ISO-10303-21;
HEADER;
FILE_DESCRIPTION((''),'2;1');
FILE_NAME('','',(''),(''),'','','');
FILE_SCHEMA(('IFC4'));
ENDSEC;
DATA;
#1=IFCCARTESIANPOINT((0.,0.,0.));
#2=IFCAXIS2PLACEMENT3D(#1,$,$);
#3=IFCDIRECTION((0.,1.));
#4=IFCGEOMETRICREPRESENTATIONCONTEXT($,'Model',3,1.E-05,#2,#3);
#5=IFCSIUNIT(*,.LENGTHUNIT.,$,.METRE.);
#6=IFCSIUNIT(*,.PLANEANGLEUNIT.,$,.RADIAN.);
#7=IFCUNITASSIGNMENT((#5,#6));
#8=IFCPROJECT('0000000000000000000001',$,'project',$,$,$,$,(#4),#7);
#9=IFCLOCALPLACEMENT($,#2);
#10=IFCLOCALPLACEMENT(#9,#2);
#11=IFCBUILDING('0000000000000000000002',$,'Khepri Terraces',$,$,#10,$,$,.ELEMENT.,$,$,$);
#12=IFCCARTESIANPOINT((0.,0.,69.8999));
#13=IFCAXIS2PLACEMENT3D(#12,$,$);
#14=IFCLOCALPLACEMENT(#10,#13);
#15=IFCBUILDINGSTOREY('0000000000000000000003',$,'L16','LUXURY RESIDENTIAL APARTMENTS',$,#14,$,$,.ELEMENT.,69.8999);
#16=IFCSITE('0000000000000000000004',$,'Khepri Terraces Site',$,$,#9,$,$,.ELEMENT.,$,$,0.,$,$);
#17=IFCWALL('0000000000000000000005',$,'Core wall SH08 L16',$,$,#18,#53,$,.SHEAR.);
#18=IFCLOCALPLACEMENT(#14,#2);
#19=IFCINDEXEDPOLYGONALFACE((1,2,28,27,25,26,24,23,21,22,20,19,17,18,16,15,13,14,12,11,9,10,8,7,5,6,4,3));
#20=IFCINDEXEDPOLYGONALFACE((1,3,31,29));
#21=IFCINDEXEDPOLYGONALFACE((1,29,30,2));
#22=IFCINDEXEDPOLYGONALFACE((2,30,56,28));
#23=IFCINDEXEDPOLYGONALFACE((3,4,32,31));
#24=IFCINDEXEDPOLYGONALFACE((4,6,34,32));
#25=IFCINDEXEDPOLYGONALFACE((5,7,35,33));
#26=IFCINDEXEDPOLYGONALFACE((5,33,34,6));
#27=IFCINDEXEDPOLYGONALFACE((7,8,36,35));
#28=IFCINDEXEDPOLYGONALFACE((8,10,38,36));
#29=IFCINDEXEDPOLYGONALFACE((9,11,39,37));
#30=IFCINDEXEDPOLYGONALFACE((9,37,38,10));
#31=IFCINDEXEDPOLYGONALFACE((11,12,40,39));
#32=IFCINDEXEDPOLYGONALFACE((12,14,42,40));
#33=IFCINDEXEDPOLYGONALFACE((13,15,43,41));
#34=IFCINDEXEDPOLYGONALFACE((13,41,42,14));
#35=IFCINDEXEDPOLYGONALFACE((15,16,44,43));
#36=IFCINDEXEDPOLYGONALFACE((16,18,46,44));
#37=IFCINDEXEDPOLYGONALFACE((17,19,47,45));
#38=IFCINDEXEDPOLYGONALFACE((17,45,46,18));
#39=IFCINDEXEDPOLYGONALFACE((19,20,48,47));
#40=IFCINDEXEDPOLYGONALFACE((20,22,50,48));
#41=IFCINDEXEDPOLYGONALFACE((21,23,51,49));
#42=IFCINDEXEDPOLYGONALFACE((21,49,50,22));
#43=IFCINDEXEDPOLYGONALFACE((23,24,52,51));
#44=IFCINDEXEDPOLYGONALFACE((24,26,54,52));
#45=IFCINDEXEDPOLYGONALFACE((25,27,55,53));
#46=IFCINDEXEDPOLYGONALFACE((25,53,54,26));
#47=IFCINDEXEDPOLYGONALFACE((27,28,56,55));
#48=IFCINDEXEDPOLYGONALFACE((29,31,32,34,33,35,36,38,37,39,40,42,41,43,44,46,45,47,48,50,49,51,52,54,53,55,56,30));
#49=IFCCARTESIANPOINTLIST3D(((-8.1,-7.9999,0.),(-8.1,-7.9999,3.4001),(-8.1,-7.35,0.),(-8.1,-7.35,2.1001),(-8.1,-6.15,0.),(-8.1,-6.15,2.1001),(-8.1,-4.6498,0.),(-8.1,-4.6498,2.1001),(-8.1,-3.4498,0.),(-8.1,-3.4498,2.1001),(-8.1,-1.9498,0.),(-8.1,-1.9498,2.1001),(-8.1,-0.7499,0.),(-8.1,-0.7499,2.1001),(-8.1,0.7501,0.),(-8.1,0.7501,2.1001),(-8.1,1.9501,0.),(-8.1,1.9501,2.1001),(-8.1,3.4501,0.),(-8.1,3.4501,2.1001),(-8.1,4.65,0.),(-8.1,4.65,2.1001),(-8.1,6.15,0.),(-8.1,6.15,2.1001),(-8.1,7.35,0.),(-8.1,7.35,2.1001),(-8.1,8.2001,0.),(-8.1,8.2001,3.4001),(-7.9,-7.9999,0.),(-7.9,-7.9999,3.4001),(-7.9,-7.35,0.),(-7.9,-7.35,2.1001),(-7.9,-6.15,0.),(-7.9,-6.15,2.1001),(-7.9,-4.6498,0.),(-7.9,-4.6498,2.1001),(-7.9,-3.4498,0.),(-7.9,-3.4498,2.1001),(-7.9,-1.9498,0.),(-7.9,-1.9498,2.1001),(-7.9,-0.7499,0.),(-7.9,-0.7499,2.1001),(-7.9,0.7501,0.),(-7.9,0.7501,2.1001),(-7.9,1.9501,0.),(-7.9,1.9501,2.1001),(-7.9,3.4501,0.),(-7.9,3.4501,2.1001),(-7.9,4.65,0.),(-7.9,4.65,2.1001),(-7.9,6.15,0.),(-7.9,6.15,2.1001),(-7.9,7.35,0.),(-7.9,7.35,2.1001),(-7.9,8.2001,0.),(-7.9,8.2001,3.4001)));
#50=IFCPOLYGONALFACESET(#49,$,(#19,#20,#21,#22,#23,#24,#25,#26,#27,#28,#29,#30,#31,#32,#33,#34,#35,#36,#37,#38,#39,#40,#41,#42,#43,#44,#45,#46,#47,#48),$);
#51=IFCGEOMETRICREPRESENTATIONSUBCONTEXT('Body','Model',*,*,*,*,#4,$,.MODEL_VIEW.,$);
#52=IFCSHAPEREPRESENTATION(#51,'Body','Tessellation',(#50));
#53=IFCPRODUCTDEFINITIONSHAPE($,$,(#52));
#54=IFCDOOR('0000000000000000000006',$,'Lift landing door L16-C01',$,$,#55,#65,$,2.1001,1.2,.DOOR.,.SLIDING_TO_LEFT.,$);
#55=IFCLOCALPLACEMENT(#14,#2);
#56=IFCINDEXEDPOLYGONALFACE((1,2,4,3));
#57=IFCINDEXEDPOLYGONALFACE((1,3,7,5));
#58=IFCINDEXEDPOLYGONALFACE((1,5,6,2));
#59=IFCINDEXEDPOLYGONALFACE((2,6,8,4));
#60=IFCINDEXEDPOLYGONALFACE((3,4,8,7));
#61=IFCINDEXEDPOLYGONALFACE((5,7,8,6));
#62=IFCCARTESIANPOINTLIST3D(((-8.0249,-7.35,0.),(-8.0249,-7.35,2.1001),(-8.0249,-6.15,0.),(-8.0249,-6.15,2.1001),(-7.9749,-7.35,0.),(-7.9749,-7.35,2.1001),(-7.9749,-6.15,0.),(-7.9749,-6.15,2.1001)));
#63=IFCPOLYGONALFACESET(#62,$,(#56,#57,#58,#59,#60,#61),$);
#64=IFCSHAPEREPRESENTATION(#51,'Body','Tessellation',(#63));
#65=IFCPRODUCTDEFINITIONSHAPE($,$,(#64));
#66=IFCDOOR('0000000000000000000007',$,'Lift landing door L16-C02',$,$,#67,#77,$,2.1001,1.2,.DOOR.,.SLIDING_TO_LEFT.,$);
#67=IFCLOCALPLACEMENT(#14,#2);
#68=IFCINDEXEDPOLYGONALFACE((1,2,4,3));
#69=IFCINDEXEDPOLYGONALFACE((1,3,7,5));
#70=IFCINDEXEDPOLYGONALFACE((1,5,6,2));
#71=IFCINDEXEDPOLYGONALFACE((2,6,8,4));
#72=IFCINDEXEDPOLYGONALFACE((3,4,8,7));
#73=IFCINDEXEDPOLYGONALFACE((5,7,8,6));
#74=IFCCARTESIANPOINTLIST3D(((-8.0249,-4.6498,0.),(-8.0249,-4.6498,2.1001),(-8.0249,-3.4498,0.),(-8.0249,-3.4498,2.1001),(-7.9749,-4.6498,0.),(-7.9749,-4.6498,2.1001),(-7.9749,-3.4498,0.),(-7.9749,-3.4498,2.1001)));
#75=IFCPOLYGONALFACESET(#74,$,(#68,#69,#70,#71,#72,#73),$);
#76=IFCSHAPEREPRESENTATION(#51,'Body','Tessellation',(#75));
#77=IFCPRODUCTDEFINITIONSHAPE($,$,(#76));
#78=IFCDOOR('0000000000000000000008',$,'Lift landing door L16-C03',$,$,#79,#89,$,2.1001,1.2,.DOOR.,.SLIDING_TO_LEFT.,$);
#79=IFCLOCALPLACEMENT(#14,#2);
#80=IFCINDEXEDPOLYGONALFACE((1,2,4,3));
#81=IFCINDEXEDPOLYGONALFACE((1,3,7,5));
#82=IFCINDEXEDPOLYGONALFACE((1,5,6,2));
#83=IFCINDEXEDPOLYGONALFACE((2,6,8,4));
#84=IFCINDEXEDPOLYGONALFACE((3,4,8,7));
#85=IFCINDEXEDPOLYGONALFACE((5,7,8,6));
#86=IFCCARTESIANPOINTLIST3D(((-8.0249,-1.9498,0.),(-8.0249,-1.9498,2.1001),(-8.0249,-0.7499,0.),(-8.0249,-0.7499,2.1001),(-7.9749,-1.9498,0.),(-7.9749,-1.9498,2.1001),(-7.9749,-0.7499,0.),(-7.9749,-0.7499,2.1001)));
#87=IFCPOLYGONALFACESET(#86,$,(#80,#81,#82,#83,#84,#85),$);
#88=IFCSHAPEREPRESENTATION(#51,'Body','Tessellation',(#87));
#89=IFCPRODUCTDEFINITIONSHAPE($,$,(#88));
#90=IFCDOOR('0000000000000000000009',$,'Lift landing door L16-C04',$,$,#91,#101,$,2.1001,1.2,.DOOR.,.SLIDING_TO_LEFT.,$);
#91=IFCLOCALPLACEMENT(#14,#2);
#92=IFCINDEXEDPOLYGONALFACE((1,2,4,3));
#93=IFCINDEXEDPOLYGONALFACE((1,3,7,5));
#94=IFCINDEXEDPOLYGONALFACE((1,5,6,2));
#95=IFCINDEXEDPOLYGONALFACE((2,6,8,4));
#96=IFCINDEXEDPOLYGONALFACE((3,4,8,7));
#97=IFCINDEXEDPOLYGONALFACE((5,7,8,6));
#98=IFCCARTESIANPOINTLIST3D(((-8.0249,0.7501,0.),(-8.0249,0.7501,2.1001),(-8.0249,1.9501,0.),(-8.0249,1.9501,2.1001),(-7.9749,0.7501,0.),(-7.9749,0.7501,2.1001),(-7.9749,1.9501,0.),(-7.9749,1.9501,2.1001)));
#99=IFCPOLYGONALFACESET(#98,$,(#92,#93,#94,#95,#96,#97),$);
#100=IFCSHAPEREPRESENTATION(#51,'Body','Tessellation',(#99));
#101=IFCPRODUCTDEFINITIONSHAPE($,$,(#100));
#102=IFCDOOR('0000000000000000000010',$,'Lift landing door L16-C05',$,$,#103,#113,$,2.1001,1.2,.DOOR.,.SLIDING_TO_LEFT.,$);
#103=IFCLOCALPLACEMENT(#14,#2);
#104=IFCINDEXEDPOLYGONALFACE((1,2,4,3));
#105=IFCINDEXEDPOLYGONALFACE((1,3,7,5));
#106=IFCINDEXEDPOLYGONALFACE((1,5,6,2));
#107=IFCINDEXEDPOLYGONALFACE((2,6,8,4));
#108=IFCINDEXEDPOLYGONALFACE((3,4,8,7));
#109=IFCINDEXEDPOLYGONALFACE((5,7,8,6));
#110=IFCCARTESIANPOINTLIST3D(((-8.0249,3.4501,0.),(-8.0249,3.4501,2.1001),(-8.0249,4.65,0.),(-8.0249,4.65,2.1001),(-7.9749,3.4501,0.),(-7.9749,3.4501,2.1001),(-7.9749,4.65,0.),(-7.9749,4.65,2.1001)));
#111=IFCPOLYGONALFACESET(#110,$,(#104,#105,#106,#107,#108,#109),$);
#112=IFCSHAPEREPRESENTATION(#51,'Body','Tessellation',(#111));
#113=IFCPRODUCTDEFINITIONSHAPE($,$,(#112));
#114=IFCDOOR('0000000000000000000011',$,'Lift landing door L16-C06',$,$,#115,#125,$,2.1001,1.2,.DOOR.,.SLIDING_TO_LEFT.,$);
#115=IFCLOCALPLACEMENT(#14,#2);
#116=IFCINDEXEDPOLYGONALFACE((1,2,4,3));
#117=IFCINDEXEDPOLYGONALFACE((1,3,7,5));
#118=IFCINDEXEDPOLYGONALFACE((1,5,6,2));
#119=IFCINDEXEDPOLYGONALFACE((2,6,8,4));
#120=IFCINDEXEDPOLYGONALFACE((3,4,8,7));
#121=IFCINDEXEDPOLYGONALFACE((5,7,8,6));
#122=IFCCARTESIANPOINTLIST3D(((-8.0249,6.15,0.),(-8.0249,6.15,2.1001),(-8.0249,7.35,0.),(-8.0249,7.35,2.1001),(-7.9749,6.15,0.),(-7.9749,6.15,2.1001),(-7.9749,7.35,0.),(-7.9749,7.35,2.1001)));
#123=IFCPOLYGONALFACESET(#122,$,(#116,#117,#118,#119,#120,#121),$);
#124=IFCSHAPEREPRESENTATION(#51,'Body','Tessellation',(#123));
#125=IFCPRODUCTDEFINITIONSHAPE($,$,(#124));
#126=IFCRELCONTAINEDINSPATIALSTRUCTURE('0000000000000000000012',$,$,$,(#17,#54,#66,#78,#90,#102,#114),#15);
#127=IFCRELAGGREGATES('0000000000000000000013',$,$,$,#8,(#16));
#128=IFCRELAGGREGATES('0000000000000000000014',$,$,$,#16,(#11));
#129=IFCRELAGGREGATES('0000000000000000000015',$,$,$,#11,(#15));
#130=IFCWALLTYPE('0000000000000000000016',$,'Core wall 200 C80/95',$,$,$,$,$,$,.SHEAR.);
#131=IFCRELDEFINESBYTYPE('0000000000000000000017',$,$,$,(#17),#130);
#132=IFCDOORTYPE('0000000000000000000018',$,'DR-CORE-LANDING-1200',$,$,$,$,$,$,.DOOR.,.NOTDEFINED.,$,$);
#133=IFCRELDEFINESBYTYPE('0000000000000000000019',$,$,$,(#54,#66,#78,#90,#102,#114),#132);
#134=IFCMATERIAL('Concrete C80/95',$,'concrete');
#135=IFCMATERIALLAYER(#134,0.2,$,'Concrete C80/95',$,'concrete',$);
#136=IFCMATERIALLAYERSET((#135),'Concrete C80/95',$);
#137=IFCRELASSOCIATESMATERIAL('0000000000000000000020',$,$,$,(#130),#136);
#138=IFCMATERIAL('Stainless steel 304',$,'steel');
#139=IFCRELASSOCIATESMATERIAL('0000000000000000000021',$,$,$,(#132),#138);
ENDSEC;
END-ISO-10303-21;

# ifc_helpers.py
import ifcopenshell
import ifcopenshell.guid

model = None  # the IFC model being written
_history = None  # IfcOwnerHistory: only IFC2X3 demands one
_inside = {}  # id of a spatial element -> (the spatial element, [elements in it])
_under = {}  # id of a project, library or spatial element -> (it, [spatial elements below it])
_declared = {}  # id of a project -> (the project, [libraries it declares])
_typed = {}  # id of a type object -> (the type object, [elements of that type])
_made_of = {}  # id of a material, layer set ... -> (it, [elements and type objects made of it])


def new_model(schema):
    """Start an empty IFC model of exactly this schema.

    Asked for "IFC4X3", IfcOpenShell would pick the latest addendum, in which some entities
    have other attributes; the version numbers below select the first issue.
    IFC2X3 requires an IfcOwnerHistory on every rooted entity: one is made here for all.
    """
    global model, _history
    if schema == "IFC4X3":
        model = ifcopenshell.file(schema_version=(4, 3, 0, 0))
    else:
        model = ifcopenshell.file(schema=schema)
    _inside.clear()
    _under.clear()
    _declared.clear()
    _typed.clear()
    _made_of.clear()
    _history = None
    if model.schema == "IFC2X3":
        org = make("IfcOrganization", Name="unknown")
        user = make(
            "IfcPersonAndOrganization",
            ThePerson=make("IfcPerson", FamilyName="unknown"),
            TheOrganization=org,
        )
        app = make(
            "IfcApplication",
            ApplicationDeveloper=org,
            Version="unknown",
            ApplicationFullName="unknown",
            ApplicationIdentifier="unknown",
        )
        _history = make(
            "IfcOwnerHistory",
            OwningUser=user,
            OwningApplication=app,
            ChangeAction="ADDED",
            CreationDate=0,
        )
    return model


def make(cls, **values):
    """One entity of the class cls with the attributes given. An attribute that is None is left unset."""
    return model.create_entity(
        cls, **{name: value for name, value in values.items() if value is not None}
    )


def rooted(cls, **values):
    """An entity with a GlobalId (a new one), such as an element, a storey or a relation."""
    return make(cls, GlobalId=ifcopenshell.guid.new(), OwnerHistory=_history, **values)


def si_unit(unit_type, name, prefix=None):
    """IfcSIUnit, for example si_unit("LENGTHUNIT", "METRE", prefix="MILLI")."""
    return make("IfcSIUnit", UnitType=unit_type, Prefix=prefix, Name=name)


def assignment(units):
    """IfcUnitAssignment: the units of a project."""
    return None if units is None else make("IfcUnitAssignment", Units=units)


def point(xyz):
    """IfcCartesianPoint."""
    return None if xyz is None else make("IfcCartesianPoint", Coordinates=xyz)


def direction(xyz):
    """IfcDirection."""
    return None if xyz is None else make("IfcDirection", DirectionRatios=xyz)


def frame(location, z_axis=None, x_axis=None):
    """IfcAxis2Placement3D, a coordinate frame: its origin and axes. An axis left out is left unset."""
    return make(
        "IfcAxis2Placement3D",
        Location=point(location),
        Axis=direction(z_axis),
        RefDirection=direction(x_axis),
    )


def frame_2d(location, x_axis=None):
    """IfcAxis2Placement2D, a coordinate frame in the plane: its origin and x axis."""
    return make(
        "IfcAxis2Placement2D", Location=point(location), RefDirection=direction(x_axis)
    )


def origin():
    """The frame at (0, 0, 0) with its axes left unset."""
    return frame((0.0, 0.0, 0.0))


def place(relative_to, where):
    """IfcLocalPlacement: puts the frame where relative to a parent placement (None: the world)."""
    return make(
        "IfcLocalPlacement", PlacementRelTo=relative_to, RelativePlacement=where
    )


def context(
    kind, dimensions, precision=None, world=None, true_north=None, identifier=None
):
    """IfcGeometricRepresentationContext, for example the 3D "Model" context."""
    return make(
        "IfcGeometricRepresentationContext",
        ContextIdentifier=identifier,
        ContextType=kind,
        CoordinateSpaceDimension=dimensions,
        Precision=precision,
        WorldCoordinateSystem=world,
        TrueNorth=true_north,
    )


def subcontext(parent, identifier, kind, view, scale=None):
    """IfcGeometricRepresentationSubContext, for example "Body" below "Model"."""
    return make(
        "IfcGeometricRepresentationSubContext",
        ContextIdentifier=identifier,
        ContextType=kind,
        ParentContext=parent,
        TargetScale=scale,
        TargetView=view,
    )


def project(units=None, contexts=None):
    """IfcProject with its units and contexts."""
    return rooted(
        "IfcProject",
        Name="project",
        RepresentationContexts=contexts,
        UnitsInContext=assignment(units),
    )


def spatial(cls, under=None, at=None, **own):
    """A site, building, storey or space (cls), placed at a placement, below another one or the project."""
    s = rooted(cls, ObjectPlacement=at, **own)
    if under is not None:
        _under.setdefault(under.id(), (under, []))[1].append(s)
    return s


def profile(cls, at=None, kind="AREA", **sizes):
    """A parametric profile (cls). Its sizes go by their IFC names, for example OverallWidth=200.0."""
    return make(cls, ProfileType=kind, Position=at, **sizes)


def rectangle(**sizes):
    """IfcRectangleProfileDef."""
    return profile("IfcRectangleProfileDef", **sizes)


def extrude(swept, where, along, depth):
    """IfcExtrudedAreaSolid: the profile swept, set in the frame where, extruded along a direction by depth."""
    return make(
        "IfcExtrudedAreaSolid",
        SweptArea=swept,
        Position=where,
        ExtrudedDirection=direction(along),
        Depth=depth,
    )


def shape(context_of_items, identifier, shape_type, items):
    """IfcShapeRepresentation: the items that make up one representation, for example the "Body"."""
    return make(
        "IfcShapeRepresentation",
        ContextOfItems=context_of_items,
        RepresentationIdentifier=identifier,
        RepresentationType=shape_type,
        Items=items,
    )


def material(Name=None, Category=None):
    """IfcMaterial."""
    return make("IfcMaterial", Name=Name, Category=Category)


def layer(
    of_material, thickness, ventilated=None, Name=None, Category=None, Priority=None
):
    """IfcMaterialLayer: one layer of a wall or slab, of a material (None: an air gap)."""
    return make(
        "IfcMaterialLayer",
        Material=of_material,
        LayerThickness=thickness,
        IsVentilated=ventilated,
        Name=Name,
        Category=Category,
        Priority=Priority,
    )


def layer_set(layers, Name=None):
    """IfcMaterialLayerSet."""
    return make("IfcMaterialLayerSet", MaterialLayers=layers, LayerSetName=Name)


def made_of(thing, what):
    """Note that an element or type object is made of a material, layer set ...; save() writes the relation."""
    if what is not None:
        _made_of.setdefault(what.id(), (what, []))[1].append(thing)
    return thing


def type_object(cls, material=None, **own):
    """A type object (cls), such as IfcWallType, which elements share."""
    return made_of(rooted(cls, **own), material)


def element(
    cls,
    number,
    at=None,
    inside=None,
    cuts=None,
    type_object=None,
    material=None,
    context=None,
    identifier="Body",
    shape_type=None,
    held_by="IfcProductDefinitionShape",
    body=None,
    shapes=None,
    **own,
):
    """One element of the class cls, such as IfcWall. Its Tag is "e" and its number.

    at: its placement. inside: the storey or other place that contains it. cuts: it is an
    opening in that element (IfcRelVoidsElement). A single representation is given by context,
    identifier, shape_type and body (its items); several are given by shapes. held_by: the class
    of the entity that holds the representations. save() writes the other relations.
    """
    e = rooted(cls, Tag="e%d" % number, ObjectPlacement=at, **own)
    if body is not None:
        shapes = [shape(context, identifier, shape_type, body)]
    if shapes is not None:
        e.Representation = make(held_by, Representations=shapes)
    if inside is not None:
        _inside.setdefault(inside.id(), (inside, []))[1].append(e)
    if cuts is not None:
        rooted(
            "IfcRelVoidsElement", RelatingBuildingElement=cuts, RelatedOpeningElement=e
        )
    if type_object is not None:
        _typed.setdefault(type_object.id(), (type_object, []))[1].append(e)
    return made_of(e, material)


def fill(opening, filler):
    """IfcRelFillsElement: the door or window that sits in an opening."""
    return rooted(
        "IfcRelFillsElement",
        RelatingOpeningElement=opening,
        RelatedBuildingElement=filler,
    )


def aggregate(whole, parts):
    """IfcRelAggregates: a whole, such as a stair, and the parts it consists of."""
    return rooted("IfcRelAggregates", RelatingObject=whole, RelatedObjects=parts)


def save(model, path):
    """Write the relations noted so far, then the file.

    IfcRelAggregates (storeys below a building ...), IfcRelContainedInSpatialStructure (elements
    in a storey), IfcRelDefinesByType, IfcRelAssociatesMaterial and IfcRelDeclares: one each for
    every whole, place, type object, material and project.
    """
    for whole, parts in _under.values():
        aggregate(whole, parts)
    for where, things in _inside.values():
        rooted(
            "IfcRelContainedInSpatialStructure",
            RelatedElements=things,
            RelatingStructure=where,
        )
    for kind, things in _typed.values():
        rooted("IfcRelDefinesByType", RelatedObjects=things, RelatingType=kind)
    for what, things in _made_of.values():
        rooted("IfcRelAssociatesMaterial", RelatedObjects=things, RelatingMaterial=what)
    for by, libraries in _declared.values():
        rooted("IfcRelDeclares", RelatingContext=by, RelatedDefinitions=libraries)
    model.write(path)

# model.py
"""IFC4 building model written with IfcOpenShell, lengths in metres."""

from ifc_helpers import new_model, si_unit, direction, frame, frame_2d, origin, place, context, subcontext, project, spatial, rectangle, extrude, material, layer, layer_set, type_object, element, fill, save


model = new_model("IFC4")

# Units and contexts
model_context = context("Model", 3, precision=1e-05, world=origin(), true_north=direction((0.0, 1.0)))
body_context = subcontext(model_context, "Body", "Model", "MODEL_VIEW")
ifc_project = project(units=[si_unit("LENGTHUNIT", "METRE"), si_unit("PLANEANGLEUNIT", "RADIAN")], contexts=[model_context])

# Site, building, storey
site_placement = place(None, origin())
site = spatial("IfcSite", under=ifc_project, at=site_placement, Name="Khepri Terraces Site", CompositionType="ELEMENT", RefElevation=0.0)
building_placement = place(site_placement, origin())
building = spatial("IfcBuilding", under=site, at=building_placement, Name="Khepri Terraces", CompositionType="ELEMENT")
storey_placement = place(building_placement, frame((0.0, 0.0, 69.8999)))
storey = spatial("IfcBuildingStorey", under=building, at=storey_placement, Name="L16", Description="LUXURY RESIDENTIAL APARTMENTS", CompositionType="ELEMENT", Elevation=69.8999)

# Shared definitions
ifc_material_1 = material(Name="Concrete C80/95", Category="concrete")
ifc_layer_1 = layer(ifc_material_1, 0.2, Name="Concrete C80/95", Category="concrete")
ifc_layer_set_1 = layer_set([ifc_layer_1], Name="Concrete C80/95")
wall_type_1 = type_object("IfcWallType", Name="Core wall 200 C80/95", PredefinedType="SHEAR", material=ifc_layer_set_1)

# Wall, openings, doors
wall_1_placement = place(storey_placement, frame((-8.0, -8.0, 0.0), z_axis=(0.0, 0.0, 1.0), x_axis=(0.0, 1.0, 0.0)))
wall_1 = element("IfcWall", 1, at=wall_1_placement, inside=storey, type_object=wall_type_1, Name="Core wall SH08 L16", PredefinedType="SHEAR", context=body_context, shape_type="SweptSolid", body=[
    extrude(rectangle(XDim=16.2, YDim=0.2, at=frame_2d((8.1001, 0.0))), origin(), (0.0, 0.0, 1.0), 3.4001),
])
opening_1_placement = place(wall_1_placement, frame((0.6499, 0.0, 0.0)))
opening_1 = element("IfcOpeningElement", 2, at=opening_1_placement, cuts=wall_1, PredefinedType="OPENING", context=body_context, shape_type="SweptSolid", body=[
    extrude(rectangle(XDim=1.2, YDim=2.1001, at=frame_2d((0.6001, 1.05))), frame((0.0, 0.1099, 0.0), z_axis=(0.0, -1.0, 0.0), x_axis=(1.0, 0.0, 0.0)), (0.0, 0.0, 1.0), 0.22),
])
opening_2_placement = place(wall_1_placement, frame((3.3501, 0.0, 0.0)))
opening_2 = element("IfcOpeningElement", 3, at=opening_2_placement, cuts=wall_1, PredefinedType="OPENING", context=body_context, shape_type="SweptSolid", body=[
    extrude(rectangle(XDim=1.2, YDim=2.1001, at=frame_2d((0.6001, 1.05))), frame((0.0, 0.1099, 0.0), z_axis=(0.0, -1.0, 0.0), x_axis=(1.0, 0.0, 0.0)), (0.0, 0.0, 1.0), 0.22),
])
opening_3_placement = place(wall_1_placement, frame((6.05, 0.0, 0.0)))
opening_3 = element("IfcOpeningElement", 4, at=opening_3_placement, cuts=wall_1, PredefinedType="OPENING", context=body_context, shape_type="SweptSolid", body=[
    extrude(rectangle(XDim=1.2, YDim=2.1001, at=frame_2d((0.6001, 1.05))), frame((0.0, 0.1099, 0.0), z_axis=(0.0, -1.0, 0.0), x_axis=(1.0, 0.0, 0.0)), (0.0, 0.0, 1.0), 0.22),
])
opening_4_placement = place(wall_1_placement, frame((8.75, 0.0, 0.0)))
opening_4 = element("IfcOpeningElement", 5, at=opening_4_placement, cuts=wall_1, PredefinedType="OPENING", context=body_context, shape_type="SweptSolid", body=[
    extrude(rectangle(XDim=1.2, YDim=2.1001, at=frame_2d((0.6001, 1.05))), frame((0.0, 0.1099, 0.0), z_axis=(0.0, -1.0, 0.0), x_axis=(1.0, 0.0, 0.0)), (0.0, 0.0, 1.0), 0.22),
])
opening_5_placement = place(wall_1_placement, frame((11.45, 0.0, 0.0)))
opening_5 = element("IfcOpeningElement", 6, at=opening_5_placement, cuts=wall_1, PredefinedType="OPENING", context=body_context, shape_type="SweptSolid", body=[
    extrude(rectangle(XDim=1.2, YDim=2.1001, at=frame_2d((0.6001, 1.05))), frame((0.0, 0.1099, 0.0), z_axis=(0.0, -1.0, 0.0), x_axis=(1.0, 0.0, 0.0)), (0.0, 0.0, 1.0), 0.22),
])
opening_6_placement = place(wall_1_placement, frame((14.1499, 0.0, 0.0)))
opening_6 = element("IfcOpeningElement", 7, at=opening_6_placement, cuts=wall_1, PredefinedType="OPENING", context=body_context, shape_type="SweptSolid", body=[
    extrude(rectangle(XDim=1.2, YDim=2.1001, at=frame_2d((0.6001, 1.05))), frame((0.0, 0.1099, 0.0), z_axis=(0.0, -1.0, 0.0), x_axis=(1.0, 0.0, 0.0)), (0.0, 0.0, 1.0), 0.22),
])
ifc_material_2 = material(Name="Stainless steel 304", Category="steel")
door_type_1 = type_object("IfcDoorType", Name="DR-CORE-LANDING-1200", OperationType="NOTDEFINED", PredefinedType="DOOR", material=ifc_material_2)
door_1_placement = place(opening_1_placement, origin())
door_1 = element("IfcDoor", 8, at=door_1_placement, inside=storey, type_object=door_type_1, Name="Lift landing door L16-C01", OperationType="SLIDING_TO_LEFT", OverallHeight=2.1001, OverallWidth=1.2, PredefinedType="DOOR", context=body_context, shape_type="SweptSolid", body=[
    extrude(rectangle(XDim=1.2, YDim=2.1001, at=frame_2d((0.6001, 1.05))), frame((0.0, 0.0249, 0.0), z_axis=(0.0, -1.0, 0.0), x_axis=(1.0, 0.0, 0.0)), (0.0, 0.0, 1.0), 0.05),
])
fill(opening_1, door_1)
door_2_placement = place(opening_2_placement, origin())
door_2 = element("IfcDoor", 9, at=door_2_placement, inside=storey, type_object=door_type_1, Name="Lift landing door L16-C02", OperationType="SLIDING_TO_LEFT", OverallHeight=2.1001, OverallWidth=1.2, PredefinedType="DOOR", context=body_context, shape_type="SweptSolid", body=[
    extrude(rectangle(XDim=1.2, YDim=2.1001, at=frame_2d((0.6001, 1.05))), frame((0.0, 0.0249, 0.0), z_axis=(0.0, -1.0, 0.0), x_axis=(1.0, 0.0, 0.0)), (0.0, 0.0, 1.0), 0.05),
])
fill(opening_2, door_2)
door_3_placement = place(opening_3_placement, origin())
door_3 = element("IfcDoor", 10, at=door_3_placement, inside=storey, type_object=door_type_1, Name="Lift landing door L16-C03", OperationType="SLIDING_TO_LEFT", OverallHeight=2.1001, OverallWidth=1.2, PredefinedType="DOOR", context=body_context, shape_type="SweptSolid", body=[
    extrude(rectangle(XDim=1.2, YDim=2.1001, at=frame_2d((0.6001, 1.05))), frame((0.0, 0.0249, 0.0), z_axis=(0.0, -1.0, 0.0), x_axis=(1.0, 0.0, 0.0)), (0.0, 0.0, 1.0), 0.05),
])
fill(opening_3, door_3)
door_4_placement = place(opening_4_placement, origin())
door_4 = element("IfcDoor", 11, at=door_4_placement, inside=storey, type_object=door_type_1, Name="Lift landing door L16-C04", OperationType="SLIDING_TO_LEFT", OverallHeight=2.1001, OverallWidth=1.2, PredefinedType="DOOR", context=body_context, shape_type="SweptSolid", body=[
    extrude(rectangle(XDim=1.2, YDim=2.1001, at=frame_2d((0.6001, 1.05))), frame((0.0, 0.0249, 0.0), z_axis=(0.0, -1.0, 0.0), x_axis=(1.0, 0.0, 0.0)), (0.0, 0.0, 1.0), 0.05),
])
fill(opening_4, door_4)
door_5_placement = place(opening_5_placement, origin())
door_5 = element("IfcDoor", 12, at=door_5_placement, inside=storey, type_object=door_type_1, Name="Lift landing door L16-C05", OperationType="SLIDING_TO_LEFT", OverallHeight=2.1001, OverallWidth=1.2, PredefinedType="DOOR", context=body_context, shape_type="SweptSolid", body=[
    extrude(rectangle(XDim=1.2, YDim=2.1001, at=frame_2d((0.6001, 1.05))), frame((0.0, 0.0249, 0.0), z_axis=(0.0, -1.0, 0.0), x_axis=(1.0, 0.0, 0.0)), (0.0, 0.0, 1.0), 0.05),
])
fill(opening_5, door_5)
door_6_placement = place(opening_6_placement, origin())
door_6 = element("IfcDoor", 13, at=door_6_placement, inside=storey, type_object=door_type_1, Name="Lift landing door L16-C06", OperationType="SLIDING_TO_LEFT", OverallHeight=2.1001, OverallWidth=1.2, PredefinedType="DOOR", context=body_context, shape_type="SweptSolid", body=[
    extrude(rectangle(XDim=1.2, YDim=2.1001, at=frame_2d((0.6001, 1.05))), frame((0.0, 0.0249, 0.0), z_axis=(0.0, -1.0, 0.0), x_axis=(1.0, 0.0, 0.0)), (0.0, 0.0, 1.0), 0.05),
])
fill(opening_6, door_6)

save(model, "model.ifc")
